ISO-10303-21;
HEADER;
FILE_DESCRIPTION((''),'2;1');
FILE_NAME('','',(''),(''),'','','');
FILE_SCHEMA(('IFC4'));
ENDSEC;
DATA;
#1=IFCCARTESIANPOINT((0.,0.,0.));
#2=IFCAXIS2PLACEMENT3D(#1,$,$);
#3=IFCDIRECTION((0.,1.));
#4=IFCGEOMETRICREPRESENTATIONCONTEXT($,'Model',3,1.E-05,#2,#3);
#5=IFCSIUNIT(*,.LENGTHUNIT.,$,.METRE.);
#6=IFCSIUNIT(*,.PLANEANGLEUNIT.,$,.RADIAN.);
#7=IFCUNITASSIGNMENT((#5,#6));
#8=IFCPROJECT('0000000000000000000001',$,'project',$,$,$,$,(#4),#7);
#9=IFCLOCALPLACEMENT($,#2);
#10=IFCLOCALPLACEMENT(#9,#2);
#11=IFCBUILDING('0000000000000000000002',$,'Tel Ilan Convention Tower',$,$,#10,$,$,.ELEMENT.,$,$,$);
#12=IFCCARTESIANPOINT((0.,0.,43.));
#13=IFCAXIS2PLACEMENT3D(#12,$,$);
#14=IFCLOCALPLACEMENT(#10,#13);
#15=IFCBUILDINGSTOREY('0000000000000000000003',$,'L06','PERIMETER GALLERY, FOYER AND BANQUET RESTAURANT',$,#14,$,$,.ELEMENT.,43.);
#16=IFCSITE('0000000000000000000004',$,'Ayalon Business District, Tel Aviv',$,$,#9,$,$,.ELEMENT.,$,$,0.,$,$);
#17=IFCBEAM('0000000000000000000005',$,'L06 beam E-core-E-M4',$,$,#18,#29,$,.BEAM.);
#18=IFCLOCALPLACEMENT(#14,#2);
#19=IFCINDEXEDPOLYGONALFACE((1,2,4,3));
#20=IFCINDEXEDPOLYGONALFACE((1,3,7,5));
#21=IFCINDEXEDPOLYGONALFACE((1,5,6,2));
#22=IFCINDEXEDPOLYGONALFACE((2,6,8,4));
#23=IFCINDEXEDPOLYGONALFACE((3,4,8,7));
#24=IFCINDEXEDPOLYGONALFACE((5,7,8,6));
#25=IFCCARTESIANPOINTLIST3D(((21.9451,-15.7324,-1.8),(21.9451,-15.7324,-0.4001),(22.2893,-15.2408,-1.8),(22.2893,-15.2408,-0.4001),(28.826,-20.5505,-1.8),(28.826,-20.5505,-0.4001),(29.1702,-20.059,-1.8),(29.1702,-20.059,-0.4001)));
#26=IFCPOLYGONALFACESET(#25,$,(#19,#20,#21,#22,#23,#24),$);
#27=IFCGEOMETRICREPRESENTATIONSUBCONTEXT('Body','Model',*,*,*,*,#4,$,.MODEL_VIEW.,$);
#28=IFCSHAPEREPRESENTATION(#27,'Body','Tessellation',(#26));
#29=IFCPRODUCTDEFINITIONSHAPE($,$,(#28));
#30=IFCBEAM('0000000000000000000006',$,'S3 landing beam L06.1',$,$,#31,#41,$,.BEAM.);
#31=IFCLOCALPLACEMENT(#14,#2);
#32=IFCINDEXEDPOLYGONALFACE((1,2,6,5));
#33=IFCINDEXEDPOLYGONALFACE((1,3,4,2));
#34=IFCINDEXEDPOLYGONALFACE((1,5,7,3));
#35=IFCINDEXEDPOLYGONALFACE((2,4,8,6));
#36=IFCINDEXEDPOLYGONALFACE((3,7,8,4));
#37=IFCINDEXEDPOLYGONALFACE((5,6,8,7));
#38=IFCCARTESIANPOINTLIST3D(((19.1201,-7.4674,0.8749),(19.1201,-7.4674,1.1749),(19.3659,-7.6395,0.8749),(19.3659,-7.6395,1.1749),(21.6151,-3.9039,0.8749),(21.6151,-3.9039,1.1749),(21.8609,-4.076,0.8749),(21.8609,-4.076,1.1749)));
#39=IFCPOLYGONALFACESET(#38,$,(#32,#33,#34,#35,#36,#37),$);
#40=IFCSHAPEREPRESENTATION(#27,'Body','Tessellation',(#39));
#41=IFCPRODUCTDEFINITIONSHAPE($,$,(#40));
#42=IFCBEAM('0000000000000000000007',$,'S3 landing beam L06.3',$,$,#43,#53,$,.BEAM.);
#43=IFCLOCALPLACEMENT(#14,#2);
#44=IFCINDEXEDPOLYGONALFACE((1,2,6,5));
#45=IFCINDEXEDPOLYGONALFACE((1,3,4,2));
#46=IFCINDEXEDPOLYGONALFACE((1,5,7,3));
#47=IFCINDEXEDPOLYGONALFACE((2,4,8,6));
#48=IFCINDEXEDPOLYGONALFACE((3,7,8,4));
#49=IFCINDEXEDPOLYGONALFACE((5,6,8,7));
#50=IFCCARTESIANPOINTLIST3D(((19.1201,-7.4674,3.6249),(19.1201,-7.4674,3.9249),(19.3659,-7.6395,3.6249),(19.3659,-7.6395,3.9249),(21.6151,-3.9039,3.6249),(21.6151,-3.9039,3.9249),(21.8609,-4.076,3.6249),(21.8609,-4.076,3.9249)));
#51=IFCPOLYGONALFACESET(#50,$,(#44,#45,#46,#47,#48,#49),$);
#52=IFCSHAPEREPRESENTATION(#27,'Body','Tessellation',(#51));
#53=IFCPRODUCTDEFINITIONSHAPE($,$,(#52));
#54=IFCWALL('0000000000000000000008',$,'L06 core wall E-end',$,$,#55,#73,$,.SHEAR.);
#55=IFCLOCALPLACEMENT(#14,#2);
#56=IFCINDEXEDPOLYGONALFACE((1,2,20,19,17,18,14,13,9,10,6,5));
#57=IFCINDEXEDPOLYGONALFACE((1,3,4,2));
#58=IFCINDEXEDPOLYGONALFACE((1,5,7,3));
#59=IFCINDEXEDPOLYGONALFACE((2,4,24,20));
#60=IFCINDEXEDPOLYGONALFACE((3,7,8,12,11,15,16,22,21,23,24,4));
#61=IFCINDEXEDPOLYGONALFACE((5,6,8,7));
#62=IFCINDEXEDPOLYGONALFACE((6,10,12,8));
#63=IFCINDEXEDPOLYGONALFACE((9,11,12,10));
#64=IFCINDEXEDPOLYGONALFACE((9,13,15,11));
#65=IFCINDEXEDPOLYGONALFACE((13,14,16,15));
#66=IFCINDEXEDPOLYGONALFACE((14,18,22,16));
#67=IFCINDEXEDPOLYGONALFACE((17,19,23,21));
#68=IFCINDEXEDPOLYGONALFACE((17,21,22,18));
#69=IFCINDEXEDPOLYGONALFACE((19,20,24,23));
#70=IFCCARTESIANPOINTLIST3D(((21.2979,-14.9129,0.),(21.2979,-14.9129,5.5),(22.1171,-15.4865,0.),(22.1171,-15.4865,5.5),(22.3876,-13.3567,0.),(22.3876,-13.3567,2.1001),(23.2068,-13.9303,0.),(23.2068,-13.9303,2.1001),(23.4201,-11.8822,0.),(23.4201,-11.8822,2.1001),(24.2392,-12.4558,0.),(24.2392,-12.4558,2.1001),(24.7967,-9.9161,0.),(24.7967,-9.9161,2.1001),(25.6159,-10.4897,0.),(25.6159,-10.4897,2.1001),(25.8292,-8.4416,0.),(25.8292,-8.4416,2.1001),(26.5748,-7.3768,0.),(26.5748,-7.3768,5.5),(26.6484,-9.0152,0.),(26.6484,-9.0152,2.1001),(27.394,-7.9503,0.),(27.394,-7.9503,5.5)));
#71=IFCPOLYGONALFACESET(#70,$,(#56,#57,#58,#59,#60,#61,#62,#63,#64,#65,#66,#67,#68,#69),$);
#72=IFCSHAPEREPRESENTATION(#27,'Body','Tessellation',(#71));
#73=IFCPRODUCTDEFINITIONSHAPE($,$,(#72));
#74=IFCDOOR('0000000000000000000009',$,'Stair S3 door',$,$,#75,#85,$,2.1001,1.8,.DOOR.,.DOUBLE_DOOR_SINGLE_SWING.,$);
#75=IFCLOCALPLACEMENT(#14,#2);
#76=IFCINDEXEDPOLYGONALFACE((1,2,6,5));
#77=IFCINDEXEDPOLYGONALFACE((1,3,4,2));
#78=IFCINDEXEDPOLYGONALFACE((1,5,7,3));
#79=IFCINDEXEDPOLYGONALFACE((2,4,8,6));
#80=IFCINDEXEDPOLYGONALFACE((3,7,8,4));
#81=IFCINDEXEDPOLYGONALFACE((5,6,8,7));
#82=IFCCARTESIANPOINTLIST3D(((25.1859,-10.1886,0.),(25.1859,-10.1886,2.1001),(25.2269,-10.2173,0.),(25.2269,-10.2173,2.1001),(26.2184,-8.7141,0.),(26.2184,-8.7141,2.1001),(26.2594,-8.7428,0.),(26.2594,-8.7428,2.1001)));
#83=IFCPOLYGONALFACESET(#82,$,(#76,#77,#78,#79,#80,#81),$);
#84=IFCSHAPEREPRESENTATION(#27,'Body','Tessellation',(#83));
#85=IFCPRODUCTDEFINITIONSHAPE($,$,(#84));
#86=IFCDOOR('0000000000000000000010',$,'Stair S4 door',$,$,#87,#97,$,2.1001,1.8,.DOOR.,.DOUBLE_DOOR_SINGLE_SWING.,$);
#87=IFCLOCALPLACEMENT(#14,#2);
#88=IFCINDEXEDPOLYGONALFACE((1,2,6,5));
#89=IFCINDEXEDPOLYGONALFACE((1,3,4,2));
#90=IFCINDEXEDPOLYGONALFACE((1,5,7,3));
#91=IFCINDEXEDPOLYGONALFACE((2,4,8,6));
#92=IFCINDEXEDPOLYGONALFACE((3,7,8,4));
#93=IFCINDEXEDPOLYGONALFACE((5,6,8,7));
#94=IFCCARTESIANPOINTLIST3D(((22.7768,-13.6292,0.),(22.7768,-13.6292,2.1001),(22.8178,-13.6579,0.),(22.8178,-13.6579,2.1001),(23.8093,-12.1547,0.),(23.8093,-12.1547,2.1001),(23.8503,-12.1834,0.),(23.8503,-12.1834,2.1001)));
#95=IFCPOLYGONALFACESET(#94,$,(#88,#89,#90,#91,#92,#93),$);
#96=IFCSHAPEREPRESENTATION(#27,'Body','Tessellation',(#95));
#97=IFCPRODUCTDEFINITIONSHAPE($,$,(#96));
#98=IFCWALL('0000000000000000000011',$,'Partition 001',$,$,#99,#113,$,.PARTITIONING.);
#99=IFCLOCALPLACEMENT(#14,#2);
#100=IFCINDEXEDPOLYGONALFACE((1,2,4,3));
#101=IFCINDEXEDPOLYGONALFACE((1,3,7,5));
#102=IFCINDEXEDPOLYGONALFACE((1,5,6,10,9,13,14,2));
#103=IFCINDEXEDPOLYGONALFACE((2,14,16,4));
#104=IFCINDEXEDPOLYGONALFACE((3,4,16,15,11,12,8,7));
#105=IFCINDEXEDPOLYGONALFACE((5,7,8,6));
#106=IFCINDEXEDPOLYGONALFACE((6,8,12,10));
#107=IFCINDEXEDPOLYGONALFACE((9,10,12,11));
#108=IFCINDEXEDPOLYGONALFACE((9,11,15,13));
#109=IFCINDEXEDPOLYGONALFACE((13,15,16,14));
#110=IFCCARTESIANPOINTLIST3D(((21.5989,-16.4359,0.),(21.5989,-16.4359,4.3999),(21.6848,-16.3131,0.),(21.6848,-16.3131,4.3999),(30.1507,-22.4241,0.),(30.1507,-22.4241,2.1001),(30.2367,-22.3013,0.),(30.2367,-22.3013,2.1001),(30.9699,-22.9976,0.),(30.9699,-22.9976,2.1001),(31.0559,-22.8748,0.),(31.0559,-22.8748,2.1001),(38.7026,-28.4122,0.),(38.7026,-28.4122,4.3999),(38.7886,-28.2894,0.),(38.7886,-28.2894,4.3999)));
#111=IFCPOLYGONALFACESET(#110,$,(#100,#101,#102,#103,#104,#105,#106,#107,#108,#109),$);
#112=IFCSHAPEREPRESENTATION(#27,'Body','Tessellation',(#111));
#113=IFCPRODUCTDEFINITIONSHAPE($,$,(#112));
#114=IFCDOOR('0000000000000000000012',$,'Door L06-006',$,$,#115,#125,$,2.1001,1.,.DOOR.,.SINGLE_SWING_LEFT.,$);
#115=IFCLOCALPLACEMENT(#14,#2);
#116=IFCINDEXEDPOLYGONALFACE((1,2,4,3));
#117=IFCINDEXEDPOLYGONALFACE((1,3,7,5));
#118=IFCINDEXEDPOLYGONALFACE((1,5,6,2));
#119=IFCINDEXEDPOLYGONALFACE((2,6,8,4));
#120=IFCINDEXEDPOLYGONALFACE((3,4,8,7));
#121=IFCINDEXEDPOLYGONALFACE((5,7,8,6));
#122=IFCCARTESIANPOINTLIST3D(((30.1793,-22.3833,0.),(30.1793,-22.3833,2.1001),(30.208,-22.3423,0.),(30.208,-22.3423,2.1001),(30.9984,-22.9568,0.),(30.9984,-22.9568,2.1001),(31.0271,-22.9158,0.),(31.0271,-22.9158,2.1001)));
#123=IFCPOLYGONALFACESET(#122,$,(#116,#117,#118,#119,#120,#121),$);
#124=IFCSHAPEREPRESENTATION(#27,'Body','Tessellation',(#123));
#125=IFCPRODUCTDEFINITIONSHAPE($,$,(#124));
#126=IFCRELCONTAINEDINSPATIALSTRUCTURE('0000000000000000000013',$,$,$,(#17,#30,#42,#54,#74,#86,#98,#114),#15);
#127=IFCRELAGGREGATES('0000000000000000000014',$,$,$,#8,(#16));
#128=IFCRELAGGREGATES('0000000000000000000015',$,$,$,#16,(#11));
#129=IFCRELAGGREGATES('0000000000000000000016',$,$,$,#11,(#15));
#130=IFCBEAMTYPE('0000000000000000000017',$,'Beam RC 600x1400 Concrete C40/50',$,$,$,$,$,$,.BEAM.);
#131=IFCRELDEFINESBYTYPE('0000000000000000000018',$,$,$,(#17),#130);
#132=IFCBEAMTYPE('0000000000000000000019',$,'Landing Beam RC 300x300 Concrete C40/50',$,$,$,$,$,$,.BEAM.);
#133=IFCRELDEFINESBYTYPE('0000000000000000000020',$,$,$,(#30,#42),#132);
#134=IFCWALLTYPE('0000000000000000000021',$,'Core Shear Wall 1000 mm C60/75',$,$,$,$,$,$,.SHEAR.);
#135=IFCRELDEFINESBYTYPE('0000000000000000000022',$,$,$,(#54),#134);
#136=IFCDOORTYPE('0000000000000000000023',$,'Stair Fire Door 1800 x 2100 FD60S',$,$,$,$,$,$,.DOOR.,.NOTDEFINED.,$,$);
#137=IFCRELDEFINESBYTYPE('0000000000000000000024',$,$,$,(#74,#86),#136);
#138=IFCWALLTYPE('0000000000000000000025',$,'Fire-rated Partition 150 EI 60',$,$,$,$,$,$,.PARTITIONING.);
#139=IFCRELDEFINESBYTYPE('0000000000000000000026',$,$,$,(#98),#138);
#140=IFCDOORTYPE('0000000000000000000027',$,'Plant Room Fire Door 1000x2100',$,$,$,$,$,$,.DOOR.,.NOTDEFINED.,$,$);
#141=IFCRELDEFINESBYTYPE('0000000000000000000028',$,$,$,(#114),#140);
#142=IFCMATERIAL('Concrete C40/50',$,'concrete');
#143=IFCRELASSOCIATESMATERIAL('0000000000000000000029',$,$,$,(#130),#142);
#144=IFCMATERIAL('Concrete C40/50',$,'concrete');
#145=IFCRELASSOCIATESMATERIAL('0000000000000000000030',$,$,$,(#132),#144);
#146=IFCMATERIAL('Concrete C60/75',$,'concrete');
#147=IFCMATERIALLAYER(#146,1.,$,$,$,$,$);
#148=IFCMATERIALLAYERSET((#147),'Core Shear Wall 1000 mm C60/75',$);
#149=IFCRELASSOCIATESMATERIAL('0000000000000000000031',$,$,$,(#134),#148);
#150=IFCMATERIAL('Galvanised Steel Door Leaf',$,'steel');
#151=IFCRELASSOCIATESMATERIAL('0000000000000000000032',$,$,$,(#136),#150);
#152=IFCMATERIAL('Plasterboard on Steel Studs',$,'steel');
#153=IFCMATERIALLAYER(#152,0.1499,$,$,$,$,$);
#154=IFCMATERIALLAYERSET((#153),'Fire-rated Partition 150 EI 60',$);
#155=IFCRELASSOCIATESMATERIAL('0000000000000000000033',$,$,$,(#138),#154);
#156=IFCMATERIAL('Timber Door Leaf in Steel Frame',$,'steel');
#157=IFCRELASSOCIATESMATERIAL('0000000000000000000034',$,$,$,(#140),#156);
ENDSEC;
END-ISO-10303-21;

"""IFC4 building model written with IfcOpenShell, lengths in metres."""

from ifc_helpers import new_model, si_unit, direction, frame, frame_2d, origin, origin_2d, place, context, subcontext, project, spatial, polyline, rectangle, outline, extrude, material, layer, layer_set, material_profile, profile_set, type_object, element, fill, save


model = new_model("IFC4")

# Units and contexts
model_context = context("Model", 3, precision=1e-05, world=origin(), true_north=direction((0.0, 1.0)))
body_context = subcontext(model_context, "Body", "Model", "MODEL_VIEW")
ifc_project = project(units=[si_unit("LENGTHUNIT", "METRE"), si_unit("PLANEANGLEUNIT", "RADIAN")], contexts=[model_context])

# Site, building, storey
site_placement = place(None, origin())
site = spatial("IfcSite", under=ifc_project, at=site_placement, Name="Ayalon Business District, Tel Aviv", CompositionType="ELEMENT", RefElevation=0.0)
building_placement = place(site_placement, origin())
building = spatial("IfcBuilding", under=site, at=building_placement, Name="Tel Ilan Convention Tower", CompositionType="ELEMENT")
storey_placement = place(building_placement, frame((0.0, 0.0, 43.0)))
storey = spatial("IfcBuildingStorey", under=building, at=storey_placement, Name="L06", Description="PERIMETER GALLERY, FOYER AND BANQUET RESTAURANT", CompositionType="ELEMENT", Elevation=43.0)

# Beams
ifc_material_1 = material(Name="Concrete C40/50", Category="concrete")
ifc_material_profile_1 = material_profile(ifc_material_1, rectangle(XDim=0.6001, YDim=1.3999, at=origin_2d()), Name="RC 600x1400")
ifc_profile_set_1 = profile_set([ifc_material_profile_1], Name="Concrete C40/50")
beam_type_1 = type_object("IfcBeamType", Name="Beam RC 600x1400 Concrete C40/50", PredefinedType="BEAM", material=ifc_profile_set_1)
beam_placement = place(storey_placement, frame((22.1172, -15.4866, -1.1001), z_axis=(0.819147, -0.573583, 0.0), x_axis=(0.573583, 0.819147, 0.0)))
element("IfcBeam", 1, at=beam_placement, inside=storey, type_object=beam_type_1, Name="L06 beam E-core-E-M4", PredefinedType="BEAM", context=body_context, shape_type="SweptSolid", body=[
    extrude(rectangle(XDim=0.6001, YDim=1.3999, at=origin_2d()), origin(), (0.0, 0.0, 1.0), 8.4001),
])
ifc_material_2 = material(Name="Concrete C40/50", Category="concrete")
ifc_material_profile_2 = material_profile(ifc_material_2, rectangle(XDim=0.3, YDim=0.3, at=origin_2d()), Name="RC 300x300")
ifc_profile_set_2 = profile_set([ifc_material_profile_2], Name="Concrete C40/50")
beam_type_2 = type_object("IfcBeamType", Name="Landing Beam RC 300x300 Concrete C40/50", PredefinedType="BEAM", material=ifc_profile_set_2)
for number, where, z_axis, x_axis, name in (
    (2, (21.738, -3.99, 1.0249), (-0.573568, -0.819158, 0.0), (0.819158, -0.573568, 0.0), "S3 landing beam L06.1"),
    (3, (21.738, -3.99, 3.7749), (-0.573568, -0.819158, 0.0), (0.819158, -0.573568, 0.0), "S3 landing beam L06.3"),
):
    element("IfcBeam", number, at=place(storey_placement, frame(where, z_axis=z_axis, x_axis=x_axis)), inside=storey, type_object=beam_type_2, Name=name, PredefinedType="BEAM", context=body_context, shape_type="SweptSolid", body=[
        extrude(rectangle(XDim=0.3, YDim=0.3, at=origin_2d()), origin(), (0.0, 0.0, 1.0), 4.3501),
    ])

# Wall, openings, doors
ifc_material_3 = material(Name="Concrete C60/75", Category="concrete")
ifc_layer_1 = layer(ifc_material_3, 1.0)
ifc_layer_set_1 = layer_set([ifc_layer_1], Name="Core Shear Wall 1000 mm C60/75")
wall_type_1 = type_object("IfcWallType", Name="Core Shear Wall 1000 mm C60/75", PredefinedType="SHEAR", material=ifc_layer_set_1)
wall_1_placement = place(storey_placement, frame((21.7075, -15.1997, 0.0), z_axis=(0.0, 0.0, 1.0), x_axis=(0.573576, 0.819152, 0.0)))
wall_1 = element("IfcWall", 4, at=wall_1_placement, inside=storey, type_object=wall_type_1, Name="L06 core wall E-end", PredefinedType="SHEAR", context=body_context, shape_type="SweptSolid", body=[
    extrude(outline(polyline([(9.2, 0.5), (0.0, 0.5), (0.0, -0.5), (9.2, -0.5), (9.2, 0.5)])), origin(), (0.0, 0.0, 1.0), 5.5),
])
opening_1_placement = place(wall_1_placement, frame((6.1001, 0.0, 0.0)))
opening_1 = element("IfcOpeningElement", 5, at=opening_1_placement, cuts=wall_1, PredefinedType="OPENING", context=body_context, shape_type="SweptSolid", body=[
    extrude(rectangle(XDim=1.8, YDim=2.1001, at=frame_2d((0.8999, 1.05))), frame((0.0, 0.51, 0.0), z_axis=(0.0, -1.0, 0.0), x_axis=(1.0, 0.0, 0.0)), (0.0, 0.0, 1.0), 1.02),
])
opening_2_placement = place(wall_1_placement, frame((1.8999, 0.0, 0.0)))
opening_2 = element("IfcOpeningElement", 6, at=opening_2_placement, cuts=wall_1, PredefinedType="OPENING", context=body_context, shape_type="SweptSolid", body=[
    extrude(rectangle(XDim=1.8, YDim=2.1001, at=frame_2d((0.8999, 1.05))), frame((0.0, 0.51, 0.0), z_axis=(0.0, -1.0, 0.0), x_axis=(1.0, 0.0, 0.0)), (0.0, 0.0, 1.0), 1.02),
])
ifc_material_4 = material(Name="Galvanised Steel Door Leaf", Category="steel")
door_type_1 = type_object("IfcDoorType", Name="Stair Fire Door 1800 x 2100 FD60S", OperationType="NOTDEFINED", PredefinedType="DOOR", material=ifc_material_4)
door_1_placement = place(opening_1_placement, origin())
door_1 = element("IfcDoor", 7, at=door_1_placement, inside=storey, type_object=door_type_1, Name="Stair S3 door", OperationType="DOUBLE_DOOR_SINGLE_SWING", OverallHeight=2.1001, OverallWidth=1.8, PredefinedType="DOOR", context=body_context, shape_type="SweptSolid", body=[
    extrude(rectangle(XDim=1.8, YDim=2.1001, at=frame_2d((0.8999, 1.05))), frame((0.0, 0.0249, 0.0), z_axis=(0.0, -1.0, 0.0), x_axis=(1.0, 0.0, 0.0)), (0.0, 0.0, 1.0), 0.05),
])
fill(opening_1, door_1)
door_2_placement = place(opening_2_placement, origin())
door_2 = element("IfcDoor", 8, at=door_2_placement, inside=storey, type_object=door_type_1, Name="Stair S4 door", OperationType="DOUBLE_DOOR_SINGLE_SWING", OverallHeight=2.1001, OverallWidth=1.8, PredefinedType="DOOR", context=body_context, shape_type="SweptSolid", body=[
    extrude(rectangle(XDim=1.8, YDim=2.1001, at=frame_2d((0.8999, 1.05))), frame((0.0, 0.0249, 0.0), z_axis=(0.0, -1.0, 0.0), x_axis=(1.0, 0.0, 0.0)), (0.0, 0.0, 1.0), 0.05),
])
fill(opening_2, door_2)

# Wall, opening, door
ifc_material_5 = material(Name="Plasterboard on Steel Studs", Category="steel")
ifc_layer_2 = layer(ifc_material_5, 0.1499)
ifc_layer_set_2 = layer_set([ifc_layer_2], Name="Fire-rated Partition 150 EI 60")
wall_type_2 = type_object("IfcWallType", Name="Fire-rated Partition 150 EI 60", PredefinedType="PARTITIONING", material=ifc_layer_set_2)
wall_2_placement = place(storey_placement, frame((21.6418, -16.3745, 0.0), z_axis=(0.0, 0.0, 1.0), x_axis=(0.819149, -0.573581, 0.0)))
wall_2 = element("IfcWall", 9, at=wall_2_placement, inside=storey, type_object=wall_type_2, Name="Partition 001", PredefinedType="PARTITIONING", context=body_context, shape_type="SweptSolid", body=[
    extrude(rectangle(XDim=20.8799, YDim=0.1499, at=frame_2d((10.4399, 0.0))), origin(), (0.0, 0.0, 1.0), 4.3999),
])
opening_3_placement = place(wall_2_placement, frame((10.4399, 0.0, 0.0)))
opening_3 = element("IfcOpeningElement", 10, at=opening_3_placement, cuts=wall_2, PredefinedType="OPENING", context=body_context, shape_type="SweptSolid", body=[
    extrude(rectangle(XDim=1.0, YDim=2.1001, at=frame_2d((0.5, 1.05))), frame((0.0, 0.085, 0.0), z_axis=(0.0, -1.0, 0.0), x_axis=(1.0, 0.0, 0.0)), (0.0, 0.0, 1.0), 0.1699),
])
ifc_material_6 = material(Name="Timber Door Leaf in Steel Frame", Category="steel")
door_type_2 = type_object("IfcDoorType", Name="Plant Room Fire Door 1000x2100", OperationType="NOTDEFINED", PredefinedType="DOOR", material=ifc_material_6)
door_3_placement = place(opening_3_placement, origin())
door_3 = element("IfcDoor", 11, at=door_3_placement, inside=storey, type_object=door_type_2, Name="Door L06-006", OperationType="SINGLE_SWING_LEFT", OverallHeight=2.1001, OverallWidth=1.0, PredefinedType="DOOR", context=body_context, shape_type="SweptSolid", body=[
    extrude(rectangle(XDim=1.0, YDim=2.1001, at=frame_2d((0.5, 1.05))), frame((0.0, 0.0249, 0.0), z_axis=(0.0, -1.0, 0.0), x_axis=(1.0, 0.0, 0.0)), (0.0, 0.0, 1.0), 0.05),
])
fill(opening_3, door_3)

save(model, "model.ifc")
